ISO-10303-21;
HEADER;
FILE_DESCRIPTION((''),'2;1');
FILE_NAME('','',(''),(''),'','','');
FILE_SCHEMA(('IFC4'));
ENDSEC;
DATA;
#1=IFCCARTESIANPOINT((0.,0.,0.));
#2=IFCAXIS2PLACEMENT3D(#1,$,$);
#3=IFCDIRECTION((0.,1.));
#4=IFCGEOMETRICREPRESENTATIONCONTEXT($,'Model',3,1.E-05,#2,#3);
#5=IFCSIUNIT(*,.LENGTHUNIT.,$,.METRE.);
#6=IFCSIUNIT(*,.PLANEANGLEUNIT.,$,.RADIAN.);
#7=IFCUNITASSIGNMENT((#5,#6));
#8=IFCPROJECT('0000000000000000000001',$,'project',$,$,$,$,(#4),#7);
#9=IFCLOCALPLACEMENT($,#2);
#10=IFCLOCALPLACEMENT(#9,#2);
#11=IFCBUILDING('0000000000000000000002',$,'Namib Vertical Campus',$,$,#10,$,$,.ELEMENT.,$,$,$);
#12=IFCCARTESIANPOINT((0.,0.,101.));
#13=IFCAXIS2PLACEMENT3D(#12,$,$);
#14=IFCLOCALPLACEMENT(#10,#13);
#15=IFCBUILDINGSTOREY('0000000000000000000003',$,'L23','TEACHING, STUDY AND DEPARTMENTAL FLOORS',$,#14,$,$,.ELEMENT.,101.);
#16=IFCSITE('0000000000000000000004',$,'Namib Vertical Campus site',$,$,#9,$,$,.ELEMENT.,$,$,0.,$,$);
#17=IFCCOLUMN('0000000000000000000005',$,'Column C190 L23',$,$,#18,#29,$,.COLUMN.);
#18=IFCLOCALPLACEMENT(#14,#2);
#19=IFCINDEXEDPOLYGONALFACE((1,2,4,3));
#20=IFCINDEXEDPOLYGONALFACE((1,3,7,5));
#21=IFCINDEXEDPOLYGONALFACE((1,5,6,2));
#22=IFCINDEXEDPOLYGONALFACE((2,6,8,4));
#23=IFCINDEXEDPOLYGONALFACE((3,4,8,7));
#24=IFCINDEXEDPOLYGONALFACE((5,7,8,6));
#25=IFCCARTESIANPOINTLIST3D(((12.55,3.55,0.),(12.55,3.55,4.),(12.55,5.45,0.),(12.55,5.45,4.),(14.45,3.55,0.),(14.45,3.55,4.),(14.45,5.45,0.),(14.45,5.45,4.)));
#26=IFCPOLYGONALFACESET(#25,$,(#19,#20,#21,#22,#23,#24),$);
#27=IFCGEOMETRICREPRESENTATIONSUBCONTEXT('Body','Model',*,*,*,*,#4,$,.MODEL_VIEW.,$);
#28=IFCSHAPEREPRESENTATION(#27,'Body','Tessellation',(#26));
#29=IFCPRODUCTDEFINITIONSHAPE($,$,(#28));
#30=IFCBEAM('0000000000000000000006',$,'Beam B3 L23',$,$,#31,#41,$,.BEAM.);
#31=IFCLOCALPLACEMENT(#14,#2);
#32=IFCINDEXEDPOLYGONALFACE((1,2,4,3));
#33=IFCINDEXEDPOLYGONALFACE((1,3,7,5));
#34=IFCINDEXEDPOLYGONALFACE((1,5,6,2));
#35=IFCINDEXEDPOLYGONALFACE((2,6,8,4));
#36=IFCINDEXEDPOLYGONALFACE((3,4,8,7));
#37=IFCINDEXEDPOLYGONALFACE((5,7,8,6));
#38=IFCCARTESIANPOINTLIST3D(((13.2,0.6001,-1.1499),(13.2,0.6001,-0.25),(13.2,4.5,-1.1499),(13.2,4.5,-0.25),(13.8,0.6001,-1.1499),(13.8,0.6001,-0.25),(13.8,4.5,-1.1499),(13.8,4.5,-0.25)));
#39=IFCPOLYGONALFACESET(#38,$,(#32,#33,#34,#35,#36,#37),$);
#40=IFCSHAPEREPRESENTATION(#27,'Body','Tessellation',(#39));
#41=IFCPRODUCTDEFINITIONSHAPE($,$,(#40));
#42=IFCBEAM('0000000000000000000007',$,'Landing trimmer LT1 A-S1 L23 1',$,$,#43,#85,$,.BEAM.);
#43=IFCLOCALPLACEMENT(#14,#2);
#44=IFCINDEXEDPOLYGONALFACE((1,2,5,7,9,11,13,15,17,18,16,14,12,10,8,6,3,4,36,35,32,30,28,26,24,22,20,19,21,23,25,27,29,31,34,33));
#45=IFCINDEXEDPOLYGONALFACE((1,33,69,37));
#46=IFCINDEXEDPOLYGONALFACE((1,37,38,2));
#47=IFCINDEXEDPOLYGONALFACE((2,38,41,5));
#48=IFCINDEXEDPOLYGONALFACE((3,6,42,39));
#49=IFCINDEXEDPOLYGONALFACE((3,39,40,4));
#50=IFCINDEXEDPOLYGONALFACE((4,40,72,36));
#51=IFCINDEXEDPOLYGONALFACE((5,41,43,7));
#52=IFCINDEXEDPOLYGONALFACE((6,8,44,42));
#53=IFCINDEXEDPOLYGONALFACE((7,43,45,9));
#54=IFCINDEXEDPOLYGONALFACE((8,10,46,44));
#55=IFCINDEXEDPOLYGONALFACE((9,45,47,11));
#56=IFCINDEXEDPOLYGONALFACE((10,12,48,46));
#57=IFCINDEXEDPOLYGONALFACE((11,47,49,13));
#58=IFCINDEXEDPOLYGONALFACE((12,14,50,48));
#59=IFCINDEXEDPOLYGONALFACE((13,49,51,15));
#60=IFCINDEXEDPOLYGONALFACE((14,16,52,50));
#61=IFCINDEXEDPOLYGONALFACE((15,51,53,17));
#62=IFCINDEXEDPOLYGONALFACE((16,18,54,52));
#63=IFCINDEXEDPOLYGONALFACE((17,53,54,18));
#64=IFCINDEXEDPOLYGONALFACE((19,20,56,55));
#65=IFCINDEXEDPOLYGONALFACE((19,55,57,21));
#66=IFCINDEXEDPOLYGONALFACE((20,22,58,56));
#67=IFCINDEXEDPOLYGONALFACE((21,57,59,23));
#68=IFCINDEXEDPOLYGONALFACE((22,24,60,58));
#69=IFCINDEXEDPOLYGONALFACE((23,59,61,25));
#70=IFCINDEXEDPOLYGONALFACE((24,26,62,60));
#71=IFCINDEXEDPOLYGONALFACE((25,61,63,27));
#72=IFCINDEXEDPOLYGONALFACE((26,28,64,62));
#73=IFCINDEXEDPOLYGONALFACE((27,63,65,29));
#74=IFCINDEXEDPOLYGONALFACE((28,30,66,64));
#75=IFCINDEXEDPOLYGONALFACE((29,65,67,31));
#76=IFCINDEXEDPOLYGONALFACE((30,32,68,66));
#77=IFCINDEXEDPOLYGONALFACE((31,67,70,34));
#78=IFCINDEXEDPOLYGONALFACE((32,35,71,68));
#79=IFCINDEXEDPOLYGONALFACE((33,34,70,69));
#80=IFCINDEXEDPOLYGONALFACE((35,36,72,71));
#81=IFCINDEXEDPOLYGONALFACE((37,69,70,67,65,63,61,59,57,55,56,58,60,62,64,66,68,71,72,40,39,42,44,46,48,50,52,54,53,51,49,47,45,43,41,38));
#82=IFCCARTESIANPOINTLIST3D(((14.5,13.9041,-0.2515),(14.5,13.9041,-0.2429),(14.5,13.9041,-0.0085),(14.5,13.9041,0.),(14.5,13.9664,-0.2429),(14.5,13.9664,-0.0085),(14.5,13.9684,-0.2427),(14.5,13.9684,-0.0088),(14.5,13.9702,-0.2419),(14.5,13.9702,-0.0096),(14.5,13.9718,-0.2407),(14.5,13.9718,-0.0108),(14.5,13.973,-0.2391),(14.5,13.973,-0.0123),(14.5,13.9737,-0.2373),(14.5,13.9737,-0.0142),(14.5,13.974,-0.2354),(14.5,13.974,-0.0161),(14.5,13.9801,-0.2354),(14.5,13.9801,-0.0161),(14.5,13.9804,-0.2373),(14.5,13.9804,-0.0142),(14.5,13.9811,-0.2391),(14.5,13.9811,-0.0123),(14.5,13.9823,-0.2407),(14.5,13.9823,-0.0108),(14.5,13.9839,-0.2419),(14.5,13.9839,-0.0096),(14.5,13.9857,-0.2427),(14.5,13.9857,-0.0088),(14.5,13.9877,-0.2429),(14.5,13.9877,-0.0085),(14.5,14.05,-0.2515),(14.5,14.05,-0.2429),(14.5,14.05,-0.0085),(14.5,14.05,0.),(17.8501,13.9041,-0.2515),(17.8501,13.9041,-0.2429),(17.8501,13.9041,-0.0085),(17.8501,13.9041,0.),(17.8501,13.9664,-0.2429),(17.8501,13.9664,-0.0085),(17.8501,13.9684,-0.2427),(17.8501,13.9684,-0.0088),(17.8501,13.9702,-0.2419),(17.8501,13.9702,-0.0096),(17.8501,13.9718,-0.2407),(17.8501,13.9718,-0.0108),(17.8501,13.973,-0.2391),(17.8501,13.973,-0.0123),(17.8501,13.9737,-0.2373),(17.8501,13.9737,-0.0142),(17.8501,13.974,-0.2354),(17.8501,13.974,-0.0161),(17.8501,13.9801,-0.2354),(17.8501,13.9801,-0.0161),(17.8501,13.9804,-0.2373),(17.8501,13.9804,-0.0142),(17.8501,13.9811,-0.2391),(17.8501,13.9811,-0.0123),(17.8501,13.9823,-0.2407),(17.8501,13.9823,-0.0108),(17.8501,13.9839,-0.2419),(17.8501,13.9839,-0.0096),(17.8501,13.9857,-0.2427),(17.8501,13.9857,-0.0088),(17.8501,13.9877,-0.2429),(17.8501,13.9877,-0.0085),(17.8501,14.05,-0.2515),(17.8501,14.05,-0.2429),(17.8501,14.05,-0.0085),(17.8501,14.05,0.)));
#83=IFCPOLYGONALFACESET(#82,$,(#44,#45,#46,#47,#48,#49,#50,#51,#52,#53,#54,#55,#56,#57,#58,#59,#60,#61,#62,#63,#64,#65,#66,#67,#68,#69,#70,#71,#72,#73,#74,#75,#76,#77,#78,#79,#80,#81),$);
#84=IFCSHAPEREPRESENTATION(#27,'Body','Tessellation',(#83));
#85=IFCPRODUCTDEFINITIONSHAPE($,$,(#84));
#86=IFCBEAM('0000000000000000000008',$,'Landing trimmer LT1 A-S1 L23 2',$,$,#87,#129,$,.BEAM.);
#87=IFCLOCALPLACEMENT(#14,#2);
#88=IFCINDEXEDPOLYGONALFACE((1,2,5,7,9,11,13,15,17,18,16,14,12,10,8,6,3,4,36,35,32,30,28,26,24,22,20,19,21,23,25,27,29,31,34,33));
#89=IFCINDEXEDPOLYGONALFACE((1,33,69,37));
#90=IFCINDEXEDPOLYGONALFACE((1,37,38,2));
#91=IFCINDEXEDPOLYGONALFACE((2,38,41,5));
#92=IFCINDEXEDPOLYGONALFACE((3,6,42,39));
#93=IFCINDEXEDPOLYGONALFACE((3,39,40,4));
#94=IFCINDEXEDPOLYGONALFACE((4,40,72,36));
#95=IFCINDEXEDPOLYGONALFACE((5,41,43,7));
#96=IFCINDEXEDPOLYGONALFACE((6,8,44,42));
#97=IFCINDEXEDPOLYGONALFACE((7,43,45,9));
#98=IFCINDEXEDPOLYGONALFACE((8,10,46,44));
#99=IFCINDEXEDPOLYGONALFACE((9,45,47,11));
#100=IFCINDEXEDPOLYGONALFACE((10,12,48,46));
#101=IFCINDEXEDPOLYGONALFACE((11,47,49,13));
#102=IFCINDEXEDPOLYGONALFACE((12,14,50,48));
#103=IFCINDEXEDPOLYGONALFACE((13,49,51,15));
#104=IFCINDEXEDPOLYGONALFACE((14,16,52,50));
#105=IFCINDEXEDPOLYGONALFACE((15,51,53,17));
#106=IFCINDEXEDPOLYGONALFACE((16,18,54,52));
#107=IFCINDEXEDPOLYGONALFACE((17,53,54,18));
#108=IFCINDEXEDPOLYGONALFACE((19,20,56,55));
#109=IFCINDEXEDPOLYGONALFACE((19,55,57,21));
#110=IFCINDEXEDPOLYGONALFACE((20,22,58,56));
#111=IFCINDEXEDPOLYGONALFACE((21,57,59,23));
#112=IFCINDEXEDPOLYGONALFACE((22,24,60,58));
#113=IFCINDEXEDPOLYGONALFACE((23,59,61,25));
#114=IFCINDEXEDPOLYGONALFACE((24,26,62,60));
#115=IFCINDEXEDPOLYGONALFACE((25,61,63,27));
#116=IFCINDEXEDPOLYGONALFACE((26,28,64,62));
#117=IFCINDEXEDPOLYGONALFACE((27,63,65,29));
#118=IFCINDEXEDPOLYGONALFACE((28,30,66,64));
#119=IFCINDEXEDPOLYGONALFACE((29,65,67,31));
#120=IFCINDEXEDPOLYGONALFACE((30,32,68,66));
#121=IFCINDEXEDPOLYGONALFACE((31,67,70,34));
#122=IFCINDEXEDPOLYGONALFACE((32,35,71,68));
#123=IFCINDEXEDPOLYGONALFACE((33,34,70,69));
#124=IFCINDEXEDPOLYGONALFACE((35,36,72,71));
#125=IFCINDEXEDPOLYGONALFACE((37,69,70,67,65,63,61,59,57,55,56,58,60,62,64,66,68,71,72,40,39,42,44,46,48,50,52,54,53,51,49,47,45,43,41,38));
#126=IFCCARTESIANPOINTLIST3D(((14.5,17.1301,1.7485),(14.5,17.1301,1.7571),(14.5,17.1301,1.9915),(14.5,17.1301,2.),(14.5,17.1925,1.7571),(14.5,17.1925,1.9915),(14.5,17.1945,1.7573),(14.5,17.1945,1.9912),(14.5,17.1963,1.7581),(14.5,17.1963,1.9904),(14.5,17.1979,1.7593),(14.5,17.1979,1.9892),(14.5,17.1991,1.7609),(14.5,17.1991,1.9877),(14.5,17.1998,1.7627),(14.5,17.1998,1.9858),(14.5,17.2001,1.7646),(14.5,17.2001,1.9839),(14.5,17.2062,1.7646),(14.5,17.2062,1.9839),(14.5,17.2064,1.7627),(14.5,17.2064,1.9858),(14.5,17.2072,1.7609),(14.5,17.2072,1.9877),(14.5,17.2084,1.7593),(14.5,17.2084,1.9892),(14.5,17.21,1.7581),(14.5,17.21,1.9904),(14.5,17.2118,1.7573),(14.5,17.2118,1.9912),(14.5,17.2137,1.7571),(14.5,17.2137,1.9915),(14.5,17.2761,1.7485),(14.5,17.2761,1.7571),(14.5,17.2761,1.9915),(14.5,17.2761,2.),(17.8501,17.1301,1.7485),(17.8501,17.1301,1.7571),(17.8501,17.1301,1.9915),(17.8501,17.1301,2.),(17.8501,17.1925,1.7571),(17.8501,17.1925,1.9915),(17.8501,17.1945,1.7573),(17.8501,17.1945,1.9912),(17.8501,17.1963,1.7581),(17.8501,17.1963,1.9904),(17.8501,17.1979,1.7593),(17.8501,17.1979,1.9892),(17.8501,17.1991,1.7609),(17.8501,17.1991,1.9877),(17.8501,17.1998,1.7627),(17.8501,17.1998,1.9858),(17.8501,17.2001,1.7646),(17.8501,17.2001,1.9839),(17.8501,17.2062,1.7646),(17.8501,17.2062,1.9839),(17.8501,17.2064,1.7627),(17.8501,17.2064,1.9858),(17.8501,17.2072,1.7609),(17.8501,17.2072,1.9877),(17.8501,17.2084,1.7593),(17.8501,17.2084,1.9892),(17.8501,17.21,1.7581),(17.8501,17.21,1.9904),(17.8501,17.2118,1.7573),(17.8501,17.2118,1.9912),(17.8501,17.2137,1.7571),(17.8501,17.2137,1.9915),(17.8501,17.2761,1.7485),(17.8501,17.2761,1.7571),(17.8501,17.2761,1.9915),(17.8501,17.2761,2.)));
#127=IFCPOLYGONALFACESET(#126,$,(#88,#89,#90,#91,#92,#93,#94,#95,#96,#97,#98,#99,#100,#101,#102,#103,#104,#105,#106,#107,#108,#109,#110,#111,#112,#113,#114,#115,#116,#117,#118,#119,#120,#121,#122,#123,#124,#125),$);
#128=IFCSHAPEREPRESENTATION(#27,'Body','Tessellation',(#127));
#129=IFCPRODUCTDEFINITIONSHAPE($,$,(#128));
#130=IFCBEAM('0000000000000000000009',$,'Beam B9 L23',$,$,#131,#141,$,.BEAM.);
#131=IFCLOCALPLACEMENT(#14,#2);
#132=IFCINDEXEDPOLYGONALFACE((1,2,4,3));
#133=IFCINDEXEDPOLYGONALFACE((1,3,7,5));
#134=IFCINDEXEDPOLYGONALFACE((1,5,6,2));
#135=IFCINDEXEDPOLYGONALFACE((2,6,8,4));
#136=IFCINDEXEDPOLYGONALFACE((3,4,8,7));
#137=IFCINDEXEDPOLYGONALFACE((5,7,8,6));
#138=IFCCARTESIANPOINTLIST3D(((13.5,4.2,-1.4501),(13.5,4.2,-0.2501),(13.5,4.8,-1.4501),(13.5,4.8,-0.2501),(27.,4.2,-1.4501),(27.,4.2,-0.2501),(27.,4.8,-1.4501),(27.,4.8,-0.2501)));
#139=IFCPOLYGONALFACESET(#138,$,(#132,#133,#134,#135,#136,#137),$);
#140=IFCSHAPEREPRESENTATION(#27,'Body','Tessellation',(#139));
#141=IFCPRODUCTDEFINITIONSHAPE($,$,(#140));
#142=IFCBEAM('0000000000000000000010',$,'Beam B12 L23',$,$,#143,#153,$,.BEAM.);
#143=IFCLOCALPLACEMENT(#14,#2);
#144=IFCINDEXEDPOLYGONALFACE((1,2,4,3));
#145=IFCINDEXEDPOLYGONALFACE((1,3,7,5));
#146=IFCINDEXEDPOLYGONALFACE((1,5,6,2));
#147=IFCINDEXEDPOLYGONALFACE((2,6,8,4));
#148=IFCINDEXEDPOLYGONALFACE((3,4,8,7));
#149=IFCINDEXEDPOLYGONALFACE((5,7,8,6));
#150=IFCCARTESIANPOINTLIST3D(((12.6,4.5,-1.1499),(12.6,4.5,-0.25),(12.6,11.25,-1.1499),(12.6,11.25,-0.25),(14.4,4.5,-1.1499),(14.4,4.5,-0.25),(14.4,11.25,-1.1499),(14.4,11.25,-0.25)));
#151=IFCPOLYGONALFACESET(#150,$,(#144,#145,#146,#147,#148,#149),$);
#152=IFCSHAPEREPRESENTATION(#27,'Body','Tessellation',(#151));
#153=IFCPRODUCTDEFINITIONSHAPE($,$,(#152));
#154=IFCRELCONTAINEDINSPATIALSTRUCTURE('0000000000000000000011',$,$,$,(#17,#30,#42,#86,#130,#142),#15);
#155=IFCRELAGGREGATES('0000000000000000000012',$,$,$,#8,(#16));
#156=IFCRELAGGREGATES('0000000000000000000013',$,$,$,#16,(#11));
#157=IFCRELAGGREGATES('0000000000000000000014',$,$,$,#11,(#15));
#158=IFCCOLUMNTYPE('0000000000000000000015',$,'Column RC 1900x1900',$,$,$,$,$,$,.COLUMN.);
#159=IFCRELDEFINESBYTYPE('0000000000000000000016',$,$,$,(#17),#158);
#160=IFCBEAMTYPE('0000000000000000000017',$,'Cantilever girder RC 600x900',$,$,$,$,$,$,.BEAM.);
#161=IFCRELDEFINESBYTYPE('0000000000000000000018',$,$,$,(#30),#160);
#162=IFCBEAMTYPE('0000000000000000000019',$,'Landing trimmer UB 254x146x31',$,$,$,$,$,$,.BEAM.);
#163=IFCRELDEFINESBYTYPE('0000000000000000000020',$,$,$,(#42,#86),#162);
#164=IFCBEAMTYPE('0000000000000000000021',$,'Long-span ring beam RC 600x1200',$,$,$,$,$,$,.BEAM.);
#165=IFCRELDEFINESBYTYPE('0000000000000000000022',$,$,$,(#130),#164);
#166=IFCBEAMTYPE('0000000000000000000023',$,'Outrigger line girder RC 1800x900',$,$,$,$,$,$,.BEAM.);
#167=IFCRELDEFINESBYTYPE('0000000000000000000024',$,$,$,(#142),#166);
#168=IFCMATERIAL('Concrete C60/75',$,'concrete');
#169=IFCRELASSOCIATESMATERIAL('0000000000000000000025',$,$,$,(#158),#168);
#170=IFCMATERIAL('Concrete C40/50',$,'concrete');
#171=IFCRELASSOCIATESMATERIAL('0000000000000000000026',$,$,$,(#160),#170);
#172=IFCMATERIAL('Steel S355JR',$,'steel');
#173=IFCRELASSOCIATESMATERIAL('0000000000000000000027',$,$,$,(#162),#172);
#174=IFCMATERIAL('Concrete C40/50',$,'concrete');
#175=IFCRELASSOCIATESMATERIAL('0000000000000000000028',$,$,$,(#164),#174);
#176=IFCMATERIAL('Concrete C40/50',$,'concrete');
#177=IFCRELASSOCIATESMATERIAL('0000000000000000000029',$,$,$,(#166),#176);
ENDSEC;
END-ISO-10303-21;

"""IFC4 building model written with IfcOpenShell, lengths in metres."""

from ifc_helpers import new_model, si_unit, direction, frame, origin, origin_2d, place, context, subcontext, project, spatial, rectangle, i_section, extrude, material, material_profile, profile_set, type_object, element, save


model = new_model("IFC4")

# Units and contexts
model_context = context("Model", 3, precision=1e-05, world=origin(), true_north=direction((0.0, 1.0)))
body_context = subcontext(model_context, "Body", "Model", "MODEL_VIEW")
ifc_project = project(units=[si_unit("LENGTHUNIT", "METRE"), si_unit("PLANEANGLEUNIT", "RADIAN")], contexts=[model_context])

# Site, building, storey
site_placement = place(None, origin())
site = spatial("IfcSite", under=ifc_project, at=site_placement, Name="Namib Vertical Campus site", CompositionType="ELEMENT", RefElevation=0.0)
building_placement = place(site_placement, origin())
building = spatial("IfcBuilding", under=site, at=building_placement, Name="Namib Vertical Campus", CompositionType="ELEMENT")
storey_placement = place(building_placement, frame((0.0, 0.0, 101.0)))
storey = spatial("IfcBuildingStorey", under=building, at=storey_placement, Name="L23", Description="TEACHING, STUDY AND DEPARTMENTAL FLOORS", CompositionType="ELEMENT", Elevation=101.0)

# Column
ifc_material_1 = material(Name="Concrete C60/75", Category="concrete")
ifc_material_profile_1 = material_profile(ifc_material_1, rectangle(XDim=1.8999, YDim=1.8999, at=origin_2d()))
ifc_profile_set_1 = profile_set([ifc_material_profile_1], Name="Concrete C60/75")
column_type = type_object("IfcColumnType", Name="Column RC 1900x1900", PredefinedType="COLUMN", material=ifc_profile_set_1)
column_placement = place(storey_placement, frame((13.5, 4.5, 0.0), z_axis=(0.0, 0.0, 1.0), x_axis=(1.0, 0.0, 0.0)))
element("IfcColumn", 1, at=column_placement, inside=storey, type_object=column_type, Name="Column C190 L23", PredefinedType="COLUMN", context=body_context, shape_type="SweptSolid", body=[
    extrude(rectangle(XDim=1.8999, YDim=1.8999, at=origin_2d()), origin(), (0.0, 0.0, 1.0), 4.0),
])

# Beams
ifc_material_2 = material(Name="Concrete C40/50", Category="concrete")
ifc_material_profile_2 = material_profile(ifc_material_2, rectangle(XDim=0.6001, YDim=0.8999, at=origin_2d()))
ifc_profile_set_2 = profile_set([ifc_material_profile_2], Name="Concrete C40/50")
beam_type_1 = type_object("IfcBeamType", Name="Cantilever girder RC 600x900", PredefinedType="BEAM", material=ifc_profile_set_2)
beam_1_placement = place(storey_placement, frame((13.5, 4.5, -0.7), z_axis=(0.0, -1.0, 0.0), x_axis=(1.0, 0.0, 0.0)))
element("IfcBeam", 2, at=beam_1_placement, inside=storey, type_object=beam_type_1, Name="Beam B3 L23", PredefinedType="BEAM", context=body_context, shape_type="SweptSolid", body=[
    extrude(rectangle(XDim=0.6001, YDim=0.8999, at=origin_2d()), origin(), (0.0, 0.0, 1.0), 3.8999),
])
ifc_material_3 = material(Name="Steel S355JR", Category="steel")
ifc_material_profile_3 = material_profile(ifc_material_3, i_section(OverallWidth=0.146, OverallDepth=0.2515, WebThickness=0.0061, FlangeThickness=0.0085, FilletRadius=0.0076, at=origin_2d()))
ifc_profile_set_3 = profile_set([ifc_material_profile_3], Name="Steel S355JR")
beam_type_2 = type_object("IfcBeamType", Name="Landing trimmer UB 254x146x31", PredefinedType="BEAM", material=ifc_profile_set_3)
for number, where, z_axis, x_axis, name in (
    (3, (14.5, 13.9771, -0.1257), (1.0, 0.0, 0.0), (0.0, 1.0, 0.0), "Landing trimmer LT1 A-S1 L23 1"),
    (4, (14.5, 17.2031, 1.8743), (1.0, 0.0, 0.0), (0.0, 1.0, 0.0), "Landing trimmer LT1 A-S1 L23 2"),
):
    element("IfcBeam", number, at=place(storey_placement, frame(where, z_axis=z_axis, x_axis=x_axis)), inside=storey, type_object=beam_type_2, Name=name, PredefinedType="BEAM", context=body_context, shape_type="SweptSolid", body=[
        extrude(i_section(OverallWidth=0.146, OverallDepth=0.2515, WebThickness=0.0061, FlangeThickness=0.0085, FilletRadius=0.0076, at=origin_2d()), origin(), (0.0, 0.0, 1.0), 3.3501),
    ])
ifc_material_4 = material(Name="Concrete C40/50", Category="concrete")
ifc_material_profile_4 = material_profile(ifc_material_4, rectangle(XDim=0.6001, YDim=1.2, at=origin_2d()))
ifc_profile_set_4 = profile_set([ifc_material_profile_4], Name="Concrete C40/50")
beam_type_3 = type_object("IfcBeamType", Name="Long-span ring beam RC 600x1200", PredefinedType="BEAM", material=ifc_profile_set_4)
beam_2_placement = place(storey_placement, frame((13.5, 4.5, -0.8501), z_axis=(1.0, 0.0, 0.0), x_axis=(0.0, 1.0, 0.0)))
element("IfcBeam", 5, at=beam_2_placement, inside=storey, type_object=beam_type_3, Name="Beam B9 L23", PredefinedType="BEAM", context=body_context, shape_type="SweptSolid", body=[
    extrude(rectangle(XDim=0.6001, YDim=1.2, at=origin_2d()), origin(), (0.0, 0.0, 1.0), 13.5),
])
ifc_material_5 = material(Name="Concrete C40/50", Category="concrete")
ifc_material_profile_5 = material_profile(ifc_material_5, rectangle(XDim=1.8, YDim=0.8999, at=origin_2d()))
ifc_profile_set_5 = profile_set([ifc_material_profile_5], Name="Concrete C40/50")
beam_type_4 = type_object("IfcBeamType", Name="Outrigger line girder RC 1800x900", PredefinedType="BEAM", material=ifc_profile_set_5)
beam_3_placement = place(storey_placement, frame((13.5, 4.5, -0.7), z_axis=(0.0, 1.0, 0.0), x_axis=(-1.0, 0.0, 0.0)))
element("IfcBeam", 6, at=beam_3_placement, inside=storey, type_object=beam_type_4, Name="Beam B12 L23", PredefinedType="BEAM", context=body_context, shape_type="SweptSolid", body=[
    extrude(rectangle(XDim=1.8, YDim=0.8999, at=origin_2d()), origin(), (0.0, 0.0, 1.0), 6.75),
])

save(model, "model.ifc")
